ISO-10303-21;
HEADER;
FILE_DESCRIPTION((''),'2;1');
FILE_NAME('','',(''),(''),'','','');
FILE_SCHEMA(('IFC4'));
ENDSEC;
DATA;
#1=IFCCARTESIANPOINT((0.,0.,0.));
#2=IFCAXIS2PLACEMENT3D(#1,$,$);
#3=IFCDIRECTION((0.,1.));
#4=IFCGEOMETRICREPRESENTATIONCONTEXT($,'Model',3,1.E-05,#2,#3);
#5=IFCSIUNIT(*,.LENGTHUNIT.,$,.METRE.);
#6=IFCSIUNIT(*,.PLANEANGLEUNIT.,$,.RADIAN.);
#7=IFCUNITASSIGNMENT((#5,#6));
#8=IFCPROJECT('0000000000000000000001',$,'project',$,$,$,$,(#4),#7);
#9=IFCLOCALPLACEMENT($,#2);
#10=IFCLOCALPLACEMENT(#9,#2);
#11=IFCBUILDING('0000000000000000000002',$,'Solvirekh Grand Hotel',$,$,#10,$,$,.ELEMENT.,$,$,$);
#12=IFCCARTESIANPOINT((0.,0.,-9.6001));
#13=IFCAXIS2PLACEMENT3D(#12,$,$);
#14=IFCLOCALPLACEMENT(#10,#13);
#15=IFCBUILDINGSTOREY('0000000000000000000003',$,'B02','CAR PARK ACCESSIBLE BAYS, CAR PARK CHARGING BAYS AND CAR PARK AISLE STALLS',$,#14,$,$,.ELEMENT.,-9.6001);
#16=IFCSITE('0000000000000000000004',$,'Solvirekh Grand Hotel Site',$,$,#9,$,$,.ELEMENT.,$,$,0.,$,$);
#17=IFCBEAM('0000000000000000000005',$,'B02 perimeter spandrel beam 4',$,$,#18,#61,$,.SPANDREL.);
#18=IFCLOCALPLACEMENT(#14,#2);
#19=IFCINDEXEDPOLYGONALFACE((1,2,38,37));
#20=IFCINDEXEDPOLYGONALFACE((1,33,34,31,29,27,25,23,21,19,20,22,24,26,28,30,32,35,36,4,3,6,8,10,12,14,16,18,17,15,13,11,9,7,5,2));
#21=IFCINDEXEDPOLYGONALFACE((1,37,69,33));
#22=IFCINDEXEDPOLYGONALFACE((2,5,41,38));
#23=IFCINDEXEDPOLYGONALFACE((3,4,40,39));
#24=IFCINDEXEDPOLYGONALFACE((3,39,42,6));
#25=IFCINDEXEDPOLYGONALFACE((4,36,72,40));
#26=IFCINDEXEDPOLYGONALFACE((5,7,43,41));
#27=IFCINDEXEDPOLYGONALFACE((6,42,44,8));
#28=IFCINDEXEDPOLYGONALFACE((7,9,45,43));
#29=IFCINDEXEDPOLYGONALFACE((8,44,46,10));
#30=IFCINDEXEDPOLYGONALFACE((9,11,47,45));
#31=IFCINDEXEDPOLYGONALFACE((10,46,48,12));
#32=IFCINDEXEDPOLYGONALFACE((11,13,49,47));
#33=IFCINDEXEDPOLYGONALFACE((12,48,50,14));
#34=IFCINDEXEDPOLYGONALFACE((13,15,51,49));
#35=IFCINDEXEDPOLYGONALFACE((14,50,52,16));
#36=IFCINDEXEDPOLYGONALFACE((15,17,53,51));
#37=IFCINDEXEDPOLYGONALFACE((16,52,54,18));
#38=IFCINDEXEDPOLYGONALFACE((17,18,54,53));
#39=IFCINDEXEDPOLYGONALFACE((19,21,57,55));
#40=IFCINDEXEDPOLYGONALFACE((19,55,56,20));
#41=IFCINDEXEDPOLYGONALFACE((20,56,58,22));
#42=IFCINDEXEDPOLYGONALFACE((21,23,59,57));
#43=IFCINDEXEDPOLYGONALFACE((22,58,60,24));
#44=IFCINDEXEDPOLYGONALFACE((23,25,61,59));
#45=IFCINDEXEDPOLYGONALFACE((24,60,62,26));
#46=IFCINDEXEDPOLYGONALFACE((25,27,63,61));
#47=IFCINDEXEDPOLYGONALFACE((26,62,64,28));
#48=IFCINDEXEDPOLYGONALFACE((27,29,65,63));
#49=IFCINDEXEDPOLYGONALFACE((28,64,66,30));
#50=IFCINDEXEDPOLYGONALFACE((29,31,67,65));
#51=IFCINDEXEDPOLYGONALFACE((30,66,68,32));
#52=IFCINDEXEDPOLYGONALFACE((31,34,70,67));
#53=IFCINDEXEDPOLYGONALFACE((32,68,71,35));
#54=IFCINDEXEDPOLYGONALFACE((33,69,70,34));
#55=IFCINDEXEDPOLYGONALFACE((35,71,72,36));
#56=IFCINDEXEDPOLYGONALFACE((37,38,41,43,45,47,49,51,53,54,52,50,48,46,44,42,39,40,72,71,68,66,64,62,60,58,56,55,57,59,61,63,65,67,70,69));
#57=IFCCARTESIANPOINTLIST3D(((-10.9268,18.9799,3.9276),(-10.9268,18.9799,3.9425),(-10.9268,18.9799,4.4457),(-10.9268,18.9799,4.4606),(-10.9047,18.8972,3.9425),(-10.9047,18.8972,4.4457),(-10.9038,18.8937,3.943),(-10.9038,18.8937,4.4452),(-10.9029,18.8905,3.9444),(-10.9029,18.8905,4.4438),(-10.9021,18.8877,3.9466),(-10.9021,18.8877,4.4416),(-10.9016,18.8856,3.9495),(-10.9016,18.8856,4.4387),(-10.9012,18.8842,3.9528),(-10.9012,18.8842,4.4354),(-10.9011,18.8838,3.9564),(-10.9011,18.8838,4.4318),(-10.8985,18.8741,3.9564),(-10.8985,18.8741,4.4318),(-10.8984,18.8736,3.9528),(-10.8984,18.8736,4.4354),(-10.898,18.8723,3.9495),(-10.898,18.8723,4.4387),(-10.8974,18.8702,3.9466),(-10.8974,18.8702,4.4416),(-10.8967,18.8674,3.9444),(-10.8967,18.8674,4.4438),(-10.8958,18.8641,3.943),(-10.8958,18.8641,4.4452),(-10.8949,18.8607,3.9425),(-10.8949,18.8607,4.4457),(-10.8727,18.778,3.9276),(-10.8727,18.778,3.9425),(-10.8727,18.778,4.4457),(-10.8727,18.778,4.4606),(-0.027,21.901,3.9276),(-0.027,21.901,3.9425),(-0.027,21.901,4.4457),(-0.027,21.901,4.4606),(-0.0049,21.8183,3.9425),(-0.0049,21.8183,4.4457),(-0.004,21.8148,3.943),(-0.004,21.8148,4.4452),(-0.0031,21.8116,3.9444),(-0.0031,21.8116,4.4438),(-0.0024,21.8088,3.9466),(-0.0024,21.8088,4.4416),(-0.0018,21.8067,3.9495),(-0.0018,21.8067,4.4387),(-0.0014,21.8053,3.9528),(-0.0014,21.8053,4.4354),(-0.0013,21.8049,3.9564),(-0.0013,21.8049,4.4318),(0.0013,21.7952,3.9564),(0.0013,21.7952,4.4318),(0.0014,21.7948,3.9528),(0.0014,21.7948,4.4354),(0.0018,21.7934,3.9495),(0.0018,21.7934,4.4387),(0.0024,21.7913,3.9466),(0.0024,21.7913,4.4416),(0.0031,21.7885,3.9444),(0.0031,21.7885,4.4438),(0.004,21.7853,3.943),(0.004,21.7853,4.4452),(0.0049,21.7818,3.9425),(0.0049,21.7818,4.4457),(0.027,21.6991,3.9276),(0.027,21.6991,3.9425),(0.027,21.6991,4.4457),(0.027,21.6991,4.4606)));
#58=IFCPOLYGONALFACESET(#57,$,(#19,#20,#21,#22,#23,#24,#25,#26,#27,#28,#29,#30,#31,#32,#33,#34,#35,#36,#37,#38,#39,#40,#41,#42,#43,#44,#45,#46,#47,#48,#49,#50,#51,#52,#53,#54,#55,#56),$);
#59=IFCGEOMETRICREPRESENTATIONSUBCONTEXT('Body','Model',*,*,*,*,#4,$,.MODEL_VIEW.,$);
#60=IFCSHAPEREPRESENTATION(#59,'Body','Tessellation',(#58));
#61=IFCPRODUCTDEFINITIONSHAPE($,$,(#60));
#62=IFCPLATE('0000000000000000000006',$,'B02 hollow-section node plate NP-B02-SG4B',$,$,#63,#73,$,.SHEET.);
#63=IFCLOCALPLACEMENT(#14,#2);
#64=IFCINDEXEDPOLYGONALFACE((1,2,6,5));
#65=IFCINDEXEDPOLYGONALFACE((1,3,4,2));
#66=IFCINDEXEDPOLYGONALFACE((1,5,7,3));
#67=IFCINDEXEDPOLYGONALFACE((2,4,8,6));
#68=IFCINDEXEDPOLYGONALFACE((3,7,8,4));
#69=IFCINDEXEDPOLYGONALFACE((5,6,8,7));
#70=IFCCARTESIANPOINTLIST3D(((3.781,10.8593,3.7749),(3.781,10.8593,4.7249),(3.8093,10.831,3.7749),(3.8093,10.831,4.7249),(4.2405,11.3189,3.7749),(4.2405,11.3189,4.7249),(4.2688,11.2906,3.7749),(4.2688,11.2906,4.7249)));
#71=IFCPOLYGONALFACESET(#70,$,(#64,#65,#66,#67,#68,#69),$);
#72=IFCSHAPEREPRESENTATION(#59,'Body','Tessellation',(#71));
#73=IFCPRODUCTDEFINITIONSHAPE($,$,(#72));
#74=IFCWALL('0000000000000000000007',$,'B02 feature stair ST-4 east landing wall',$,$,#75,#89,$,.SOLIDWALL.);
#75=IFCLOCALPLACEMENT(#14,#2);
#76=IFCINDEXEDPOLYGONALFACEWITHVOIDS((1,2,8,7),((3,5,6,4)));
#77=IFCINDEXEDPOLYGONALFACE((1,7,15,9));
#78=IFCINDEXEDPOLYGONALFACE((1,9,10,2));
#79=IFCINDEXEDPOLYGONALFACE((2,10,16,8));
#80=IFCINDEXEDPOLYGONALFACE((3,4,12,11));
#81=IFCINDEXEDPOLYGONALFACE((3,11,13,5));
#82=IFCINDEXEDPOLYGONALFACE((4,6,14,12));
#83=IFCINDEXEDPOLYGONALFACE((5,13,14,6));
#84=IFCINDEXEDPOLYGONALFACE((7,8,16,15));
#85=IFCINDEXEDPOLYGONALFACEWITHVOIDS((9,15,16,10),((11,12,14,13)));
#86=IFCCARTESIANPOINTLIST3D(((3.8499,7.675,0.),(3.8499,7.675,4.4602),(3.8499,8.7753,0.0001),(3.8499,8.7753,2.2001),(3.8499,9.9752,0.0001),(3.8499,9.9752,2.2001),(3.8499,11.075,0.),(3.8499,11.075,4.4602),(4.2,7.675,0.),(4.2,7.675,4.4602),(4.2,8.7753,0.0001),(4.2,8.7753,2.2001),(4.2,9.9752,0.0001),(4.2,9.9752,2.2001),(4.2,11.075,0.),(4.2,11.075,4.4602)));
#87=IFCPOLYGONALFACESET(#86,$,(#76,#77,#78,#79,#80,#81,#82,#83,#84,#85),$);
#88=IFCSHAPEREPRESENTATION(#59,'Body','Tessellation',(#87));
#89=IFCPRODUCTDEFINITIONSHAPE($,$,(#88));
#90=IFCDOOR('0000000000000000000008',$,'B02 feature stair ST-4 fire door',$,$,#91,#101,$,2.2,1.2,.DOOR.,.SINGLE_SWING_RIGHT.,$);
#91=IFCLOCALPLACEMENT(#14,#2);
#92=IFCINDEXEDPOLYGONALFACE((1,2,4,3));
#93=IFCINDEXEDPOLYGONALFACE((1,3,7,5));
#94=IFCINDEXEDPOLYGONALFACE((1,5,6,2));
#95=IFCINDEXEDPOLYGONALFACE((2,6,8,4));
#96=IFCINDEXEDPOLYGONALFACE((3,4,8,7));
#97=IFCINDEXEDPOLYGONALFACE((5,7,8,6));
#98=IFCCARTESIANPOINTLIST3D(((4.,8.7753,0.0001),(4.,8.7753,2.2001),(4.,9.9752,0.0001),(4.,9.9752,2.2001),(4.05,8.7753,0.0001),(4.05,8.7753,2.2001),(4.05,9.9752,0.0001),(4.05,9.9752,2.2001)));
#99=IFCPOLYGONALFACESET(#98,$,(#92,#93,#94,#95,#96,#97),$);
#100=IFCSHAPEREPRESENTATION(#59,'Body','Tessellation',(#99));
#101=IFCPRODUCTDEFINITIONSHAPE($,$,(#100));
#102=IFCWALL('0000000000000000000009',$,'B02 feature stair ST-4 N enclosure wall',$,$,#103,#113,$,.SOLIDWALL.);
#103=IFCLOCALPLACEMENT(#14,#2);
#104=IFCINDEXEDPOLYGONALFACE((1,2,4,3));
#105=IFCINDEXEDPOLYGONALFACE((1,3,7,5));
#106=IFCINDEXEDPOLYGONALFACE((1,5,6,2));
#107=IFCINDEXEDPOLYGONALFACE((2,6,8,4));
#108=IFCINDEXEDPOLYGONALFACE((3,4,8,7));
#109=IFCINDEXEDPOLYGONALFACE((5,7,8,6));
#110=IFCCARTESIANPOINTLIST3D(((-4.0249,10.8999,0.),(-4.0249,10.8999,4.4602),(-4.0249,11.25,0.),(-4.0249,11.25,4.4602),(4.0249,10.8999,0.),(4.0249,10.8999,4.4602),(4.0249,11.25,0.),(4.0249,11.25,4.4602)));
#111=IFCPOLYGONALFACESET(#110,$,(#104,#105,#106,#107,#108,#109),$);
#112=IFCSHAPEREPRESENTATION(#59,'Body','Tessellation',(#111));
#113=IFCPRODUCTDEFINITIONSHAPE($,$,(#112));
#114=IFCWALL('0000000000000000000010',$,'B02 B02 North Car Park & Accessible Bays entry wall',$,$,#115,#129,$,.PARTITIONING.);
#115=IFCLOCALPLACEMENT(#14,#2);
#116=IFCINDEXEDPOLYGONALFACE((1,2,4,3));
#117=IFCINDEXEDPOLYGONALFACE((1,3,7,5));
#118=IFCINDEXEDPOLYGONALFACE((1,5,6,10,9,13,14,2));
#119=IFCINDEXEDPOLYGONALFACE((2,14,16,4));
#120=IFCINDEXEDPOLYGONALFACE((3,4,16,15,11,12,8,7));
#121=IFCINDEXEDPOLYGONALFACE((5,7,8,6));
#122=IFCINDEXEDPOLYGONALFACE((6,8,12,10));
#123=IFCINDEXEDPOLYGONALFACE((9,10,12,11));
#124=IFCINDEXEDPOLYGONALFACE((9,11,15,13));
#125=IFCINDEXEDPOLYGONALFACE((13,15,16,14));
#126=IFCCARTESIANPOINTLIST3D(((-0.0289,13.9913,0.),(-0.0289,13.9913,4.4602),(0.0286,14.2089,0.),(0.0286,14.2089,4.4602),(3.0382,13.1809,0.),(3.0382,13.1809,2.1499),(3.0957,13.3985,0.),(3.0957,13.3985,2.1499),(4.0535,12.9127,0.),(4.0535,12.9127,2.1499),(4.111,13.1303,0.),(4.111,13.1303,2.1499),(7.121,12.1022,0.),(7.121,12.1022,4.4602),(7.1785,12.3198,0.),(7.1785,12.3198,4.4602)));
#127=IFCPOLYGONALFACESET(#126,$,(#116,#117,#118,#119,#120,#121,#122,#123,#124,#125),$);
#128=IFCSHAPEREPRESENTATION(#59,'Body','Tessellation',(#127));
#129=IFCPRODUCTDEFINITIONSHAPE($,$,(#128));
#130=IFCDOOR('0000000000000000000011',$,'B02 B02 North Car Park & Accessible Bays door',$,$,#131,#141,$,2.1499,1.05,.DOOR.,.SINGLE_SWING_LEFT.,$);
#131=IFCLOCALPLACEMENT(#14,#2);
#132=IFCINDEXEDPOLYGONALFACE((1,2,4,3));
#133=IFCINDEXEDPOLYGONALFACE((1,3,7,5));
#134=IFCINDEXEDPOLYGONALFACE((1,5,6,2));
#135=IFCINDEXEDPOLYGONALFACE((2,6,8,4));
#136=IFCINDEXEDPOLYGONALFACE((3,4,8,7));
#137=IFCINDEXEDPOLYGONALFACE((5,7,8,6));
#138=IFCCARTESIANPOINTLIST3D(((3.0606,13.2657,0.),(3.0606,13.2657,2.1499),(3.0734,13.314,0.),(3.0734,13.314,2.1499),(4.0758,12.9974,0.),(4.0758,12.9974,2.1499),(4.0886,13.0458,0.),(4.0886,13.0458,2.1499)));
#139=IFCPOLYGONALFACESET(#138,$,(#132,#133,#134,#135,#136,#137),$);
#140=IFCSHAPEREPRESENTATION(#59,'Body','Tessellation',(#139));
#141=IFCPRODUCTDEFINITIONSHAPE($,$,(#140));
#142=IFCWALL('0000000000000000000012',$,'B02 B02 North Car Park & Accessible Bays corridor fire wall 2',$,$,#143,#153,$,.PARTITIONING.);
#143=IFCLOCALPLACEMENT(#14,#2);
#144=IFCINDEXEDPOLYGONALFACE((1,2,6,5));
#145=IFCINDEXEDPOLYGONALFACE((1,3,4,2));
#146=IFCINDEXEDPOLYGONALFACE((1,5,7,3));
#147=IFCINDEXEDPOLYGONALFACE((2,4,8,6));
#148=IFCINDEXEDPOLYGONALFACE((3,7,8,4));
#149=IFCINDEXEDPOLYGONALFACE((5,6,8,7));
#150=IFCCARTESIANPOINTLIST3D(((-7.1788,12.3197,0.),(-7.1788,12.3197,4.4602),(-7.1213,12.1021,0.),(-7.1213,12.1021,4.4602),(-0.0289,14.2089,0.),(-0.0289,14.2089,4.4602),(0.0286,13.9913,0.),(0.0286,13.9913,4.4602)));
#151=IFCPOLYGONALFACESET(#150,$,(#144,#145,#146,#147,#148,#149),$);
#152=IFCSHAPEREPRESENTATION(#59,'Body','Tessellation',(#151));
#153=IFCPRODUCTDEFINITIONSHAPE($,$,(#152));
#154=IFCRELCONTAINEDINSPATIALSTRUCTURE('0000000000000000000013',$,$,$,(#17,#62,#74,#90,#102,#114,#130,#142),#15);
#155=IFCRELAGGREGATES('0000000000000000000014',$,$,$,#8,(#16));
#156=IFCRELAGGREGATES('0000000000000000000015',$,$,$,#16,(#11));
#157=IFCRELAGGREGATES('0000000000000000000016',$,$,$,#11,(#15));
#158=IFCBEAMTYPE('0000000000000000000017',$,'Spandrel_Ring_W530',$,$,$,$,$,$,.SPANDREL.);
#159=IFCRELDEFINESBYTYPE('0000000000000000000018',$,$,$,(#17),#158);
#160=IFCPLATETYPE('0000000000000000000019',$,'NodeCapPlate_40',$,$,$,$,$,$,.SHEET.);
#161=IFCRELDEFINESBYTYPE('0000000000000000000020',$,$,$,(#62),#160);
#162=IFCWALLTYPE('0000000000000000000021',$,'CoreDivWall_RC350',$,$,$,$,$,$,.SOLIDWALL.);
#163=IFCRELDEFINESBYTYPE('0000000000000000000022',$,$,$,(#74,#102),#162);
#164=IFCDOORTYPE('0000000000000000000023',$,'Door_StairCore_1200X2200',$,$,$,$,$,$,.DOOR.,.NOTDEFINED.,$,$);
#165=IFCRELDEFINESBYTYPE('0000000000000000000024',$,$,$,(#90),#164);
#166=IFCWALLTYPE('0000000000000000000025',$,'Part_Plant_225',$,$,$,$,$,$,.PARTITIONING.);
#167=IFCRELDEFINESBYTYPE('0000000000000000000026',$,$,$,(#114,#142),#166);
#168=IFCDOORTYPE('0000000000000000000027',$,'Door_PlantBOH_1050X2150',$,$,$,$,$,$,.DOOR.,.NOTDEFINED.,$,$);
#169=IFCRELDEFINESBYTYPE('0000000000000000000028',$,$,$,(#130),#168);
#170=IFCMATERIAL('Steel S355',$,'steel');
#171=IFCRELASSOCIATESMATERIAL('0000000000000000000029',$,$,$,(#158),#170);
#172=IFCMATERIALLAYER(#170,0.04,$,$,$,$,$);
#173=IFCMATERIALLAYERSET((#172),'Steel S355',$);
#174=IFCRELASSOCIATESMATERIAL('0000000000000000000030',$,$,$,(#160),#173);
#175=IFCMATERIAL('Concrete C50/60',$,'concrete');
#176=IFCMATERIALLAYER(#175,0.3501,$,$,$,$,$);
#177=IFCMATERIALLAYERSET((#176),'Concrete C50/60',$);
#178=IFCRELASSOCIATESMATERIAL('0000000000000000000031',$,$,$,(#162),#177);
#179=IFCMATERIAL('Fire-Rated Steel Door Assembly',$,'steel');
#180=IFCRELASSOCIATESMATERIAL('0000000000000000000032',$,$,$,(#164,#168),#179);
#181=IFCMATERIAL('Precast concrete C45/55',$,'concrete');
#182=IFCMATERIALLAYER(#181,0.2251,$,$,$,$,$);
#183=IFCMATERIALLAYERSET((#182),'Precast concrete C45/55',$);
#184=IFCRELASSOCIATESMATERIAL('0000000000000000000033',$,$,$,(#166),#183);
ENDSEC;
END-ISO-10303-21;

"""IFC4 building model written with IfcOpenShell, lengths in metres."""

from ifc_helpers import new_model, si_unit, direction, frame, frame_2d, origin, origin_2d, place, context, subcontext, project, spatial, rectangle, i_section, extrude, material, layer, layer_set, material_profile, profile_set, type_object, element, fill, save


model = new_model("IFC4")

# Units and contexts
model_context = context("Model", 3, precision=1e-05, world=origin(), true_north=direction((0.0, 1.0)))
body_context = subcontext(model_context, "Body", "Model", "MODEL_VIEW")
ifc_project = project(units=[si_unit("LENGTHUNIT", "METRE"), si_unit("PLANEANGLEUNIT", "RADIAN")], contexts=[model_context])

# Site, building, storey
site_placement = place(None, origin())
site = spatial("IfcSite", under=ifc_project, at=site_placement, Name="Solvirekh Grand Hotel Site", CompositionType="ELEMENT", RefElevation=0.0)
building_placement = place(site_placement, origin())
building = spatial("IfcBuilding", under=site, at=building_placement, Name="Solvirekh Grand Hotel", CompositionType="ELEMENT")
storey_placement = place(building_placement, frame((0.0, 0.0, -9.6001)))
storey = spatial("IfcBuildingStorey", under=building, at=storey_placement, Name="B02", Description="CAR PARK ACCESSIBLE BAYS, CAR PARK CHARGING BAYS AND CAR PARK AISLE STALLS", CompositionType="ELEMENT", Elevation=-9.6001)

# Shared definitions
ifc_material_1 = material(Name="Concrete C50/60", Category="concrete")

# Shared definitions
ifc_material_2 = material(Name="Steel S355", Category="steel")

# Beam
ifc_material_profile_1 = material_profile(ifc_material_2, i_section(OverallWidth=0.209, OverallDepth=0.533, WebThickness=0.01, FlangeThickness=0.0149, FilletRadius=0.0139, at=origin_2d()), Name="W530X92")
ifc_profile_set_1 = profile_set([ifc_material_profile_1], Name="Steel S355")
beam_type = type_object("IfcBeamType", Name="Spandrel_Ring_W530", PredefinedType="SPANDREL", material=ifc_profile_set_1)
beam_placement = place(storey_placement, frame((0.0, 21.8, 4.1941), z_axis=(-0.965914, -0.258862, 0.0), x_axis=(0.258862, -0.965914, 0.0)))
element("IfcBeam", 1, at=beam_placement, inside=storey, type_object=beam_type, Name="B02 perimeter spandrel beam 4", PredefinedType="SPANDREL", context=body_context, shape_type="SweptSolid", body=[
    extrude(i_section(OverallWidth=0.209, OverallDepth=0.533, WebThickness=0.01, FlangeThickness=0.0149, FilletRadius=0.0139, at=origin_2d()), origin(), (0.0, 0.0, 1.0), 11.2844),
])

# Plate
ifc_layer_1 = layer(ifc_material_2, 0.04)
ifc_layer_set_1 = layer_set([ifc_layer_1], Name="Steel S355")
plate_type = type_object("IfcPlateType", Name="NodeCapPlate_40", PredefinedType="SHEET", material=ifc_layer_set_1)
plate_placement = place(storey_placement, frame((4.0249, 11.075, 3.7749), z_axis=(0.0, 0.0, 1.0), x_axis=(-0.707107, 0.707107, 0.0)))
element("IfcPlate", 2, at=plate_placement, inside=storey, type_object=plate_type, Name="B02 hollow-section node plate NP-B02-SG4B", PredefinedType="SHEET", context=body_context, shape_type="SweptSolid", body=[
    extrude(rectangle(XDim=0.04, YDim=0.6499, at=origin_2d()), origin(), (0.0, 0.0, 1.0), 0.95),
])

# Wall, opening, door
ifc_layer_2 = layer(ifc_material_1, 0.3501)
ifc_layer_set_2 = layer_set([ifc_layer_2], Name="Concrete C50/60")
wall_type_1 = type_object("IfcWallType", Name="CoreDivWall_RC350", PredefinedType="SOLIDWALL", material=ifc_layer_set_2)
wall_1_placement = place(storey_placement, frame((4.0249, 7.675, 0.0), z_axis=(0.0, 0.0, 1.0), x_axis=(0.0, 1.0, 0.0)))
wall_1 = element("IfcWall", 3, at=wall_1_placement, inside=storey, type_object=wall_type_1, Name="B02 feature stair ST-4 east landing wall", PredefinedType="SOLIDWALL", context=body_context, shape_type="SweptSolid", body=[
    extrude(rectangle(XDim=3.3999, YDim=0.3501, at=frame_2d((1.7, 0.0))), origin(), (0.0, 0.0, 1.0), 4.4602),
])
opening_1_placement = place(wall_1_placement, frame((1.1001, 0.0, 0.0)))
opening_1 = element("IfcOpeningElement", 4, at=opening_1_placement, cuts=wall_1, PredefinedType="OPENING", context=body_context, shape_type="SweptSolid", body=[
    extrude(rectangle(XDim=1.2, YDim=2.2, at=frame_2d((0.6001, 1.1001))), frame((0.0, 0.1851, 0.0), z_axis=(0.0, -1.0, 0.0), x_axis=(1.0, 0.0, 0.0)), (0.0, 0.0, 1.0), 0.3701),
])
ifc_material_3 = material(Name="Fire-Rated Steel Door Assembly", Category="steel")
door_type_1 = type_object("IfcDoorType", Name="Door_StairCore_1200X2200", OperationType="NOTDEFINED", PredefinedType="DOOR", material=ifc_material_3)
door_1_placement = place(opening_1_placement, origin())
door_1 = element("IfcDoor", 5, at=door_1_placement, inside=storey, type_object=door_type_1, Name="B02 feature stair ST-4 fire door", OperationType="SINGLE_SWING_RIGHT", OverallHeight=2.2, OverallWidth=1.2, PredefinedType="DOOR", context=body_context, shape_type="SweptSolid", body=[
    extrude(rectangle(XDim=1.2, YDim=2.2, at=frame_2d((0.6001, 1.1001))), frame((0.0, 0.0249, 0.0), z_axis=(0.0, -1.0, 0.0), x_axis=(1.0, 0.0, 0.0)), (0.0, 0.0, 1.0), 0.05),
])
fill(opening_1, door_1)

# Wall
wall_2_placement = place(storey_placement, frame((4.0249, 11.075, 0.0), z_axis=(0.0, 0.0, 1.0), x_axis=(-1.0, 0.0, 0.0)))
element("IfcWall", 6, at=wall_2_placement, inside=storey, type_object=wall_type_1, Name="B02 feature stair ST-4 N enclosure wall", PredefinedType="SOLIDWALL", context=body_context, shape_type="SweptSolid", body=[
    extrude(rectangle(XDim=8.0498, YDim=0.3501, at=frame_2d((4.0249, 0.0))), origin(), (0.0, 0.0, 1.0), 4.4602),
])

# Wall, opening, door
ifc_material_4 = material(Name="Precast concrete C45/55", Category="concrete")
ifc_layer_3 = layer(ifc_material_4, 0.2251)
ifc_layer_set_3 = layer_set([ifc_layer_3], Name="Precast concrete C45/55")
wall_type_2 = type_object("IfcWallType", Name="Part_Plant_225", PredefinedType="PARTITIONING", material=ifc_layer_set_3)
wall_3_placement = place(storey_placement, frame((7.1499, 12.2109, 0.0), z_axis=(0.0, 0.0, 1.0), x_axis=(-0.966821, 0.255455, 0.0)))
wall_3 = element("IfcWall", 7, at=wall_3_placement, inside=storey, type_object=wall_type_2, Name="B02 B02 North Car Park & Accessible Bays entry wall", PredefinedType="PARTITIONING", context=body_context, shape_type="SweptSolid", body=[
    extrude(rectangle(XDim=7.3953, YDim=0.2251, at=frame_2d((3.6978, 0.0))), origin(), (0.0, 0.0, 1.0), 4.4602),
])
opening_2_placement = place(wall_3_placement, frame((3.1731, 0.0, 0.0)))
opening_2 = element("IfcOpeningElement", 8, at=opening_2_placement, cuts=wall_3, PredefinedType="OPENING", context=body_context, shape_type="SweptSolid", body=[
    extrude(rectangle(XDim=1.05, YDim=2.1499, at=frame_2d((0.5249, 1.075))), frame((0.0, 0.1226, 0.0), z_axis=(0.0, -1.0, 0.0), x_axis=(1.0, 0.0, 0.0)), (0.0, 0.0, 1.0), 0.2451),
])
door_type_2 = type_object("IfcDoorType", Name="Door_PlantBOH_1050X2150", OperationType="NOTDEFINED", PredefinedType="DOOR", material=ifc_material_3)
door_2_placement = place(opening_2_placement, origin())
door_2 = element("IfcDoor", 9, at=door_2_placement, inside=storey, type_object=door_type_2, Name="B02 B02 North Car Park & Accessible Bays door", OperationType="SINGLE_SWING_LEFT", OverallHeight=2.1499, OverallWidth=1.05, PredefinedType="DOOR", context=body_context, shape_type="SweptSolid", body=[
    extrude(rectangle(XDim=1.05, YDim=2.1499, at=frame_2d((0.5249, 1.075))), frame((0.0, 0.0249, 0.0), z_axis=(0.0, -1.0, 0.0), x_axis=(1.0, 0.0, 0.0)), (0.0, 0.0, 1.0), 0.05),
])
fill(opening_2, door_2)

# Wall
wall_4_placement = place(storey_placement, frame((0.0, 14.1001, 0.0), z_axis=(0.0, 0.0, 1.0), x_axis=(-0.966821, -0.255455, 0.0)))
element("IfcWall", 10, at=wall_4_placement, inside=storey, type_object=wall_type_2, Name="B02 B02 North Car Park & Accessible Bays corridor fire wall 2", PredefinedType="PARTITIONING", context=body_context, shape_type="SweptSolid", body=[
    extrude(rectangle(XDim=7.3953, YDim=0.2251, at=frame_2d((3.6978, 0.0))), origin(), (0.0, 0.0, 1.0), 4.4602),
])

save(model, "model.ifc")
